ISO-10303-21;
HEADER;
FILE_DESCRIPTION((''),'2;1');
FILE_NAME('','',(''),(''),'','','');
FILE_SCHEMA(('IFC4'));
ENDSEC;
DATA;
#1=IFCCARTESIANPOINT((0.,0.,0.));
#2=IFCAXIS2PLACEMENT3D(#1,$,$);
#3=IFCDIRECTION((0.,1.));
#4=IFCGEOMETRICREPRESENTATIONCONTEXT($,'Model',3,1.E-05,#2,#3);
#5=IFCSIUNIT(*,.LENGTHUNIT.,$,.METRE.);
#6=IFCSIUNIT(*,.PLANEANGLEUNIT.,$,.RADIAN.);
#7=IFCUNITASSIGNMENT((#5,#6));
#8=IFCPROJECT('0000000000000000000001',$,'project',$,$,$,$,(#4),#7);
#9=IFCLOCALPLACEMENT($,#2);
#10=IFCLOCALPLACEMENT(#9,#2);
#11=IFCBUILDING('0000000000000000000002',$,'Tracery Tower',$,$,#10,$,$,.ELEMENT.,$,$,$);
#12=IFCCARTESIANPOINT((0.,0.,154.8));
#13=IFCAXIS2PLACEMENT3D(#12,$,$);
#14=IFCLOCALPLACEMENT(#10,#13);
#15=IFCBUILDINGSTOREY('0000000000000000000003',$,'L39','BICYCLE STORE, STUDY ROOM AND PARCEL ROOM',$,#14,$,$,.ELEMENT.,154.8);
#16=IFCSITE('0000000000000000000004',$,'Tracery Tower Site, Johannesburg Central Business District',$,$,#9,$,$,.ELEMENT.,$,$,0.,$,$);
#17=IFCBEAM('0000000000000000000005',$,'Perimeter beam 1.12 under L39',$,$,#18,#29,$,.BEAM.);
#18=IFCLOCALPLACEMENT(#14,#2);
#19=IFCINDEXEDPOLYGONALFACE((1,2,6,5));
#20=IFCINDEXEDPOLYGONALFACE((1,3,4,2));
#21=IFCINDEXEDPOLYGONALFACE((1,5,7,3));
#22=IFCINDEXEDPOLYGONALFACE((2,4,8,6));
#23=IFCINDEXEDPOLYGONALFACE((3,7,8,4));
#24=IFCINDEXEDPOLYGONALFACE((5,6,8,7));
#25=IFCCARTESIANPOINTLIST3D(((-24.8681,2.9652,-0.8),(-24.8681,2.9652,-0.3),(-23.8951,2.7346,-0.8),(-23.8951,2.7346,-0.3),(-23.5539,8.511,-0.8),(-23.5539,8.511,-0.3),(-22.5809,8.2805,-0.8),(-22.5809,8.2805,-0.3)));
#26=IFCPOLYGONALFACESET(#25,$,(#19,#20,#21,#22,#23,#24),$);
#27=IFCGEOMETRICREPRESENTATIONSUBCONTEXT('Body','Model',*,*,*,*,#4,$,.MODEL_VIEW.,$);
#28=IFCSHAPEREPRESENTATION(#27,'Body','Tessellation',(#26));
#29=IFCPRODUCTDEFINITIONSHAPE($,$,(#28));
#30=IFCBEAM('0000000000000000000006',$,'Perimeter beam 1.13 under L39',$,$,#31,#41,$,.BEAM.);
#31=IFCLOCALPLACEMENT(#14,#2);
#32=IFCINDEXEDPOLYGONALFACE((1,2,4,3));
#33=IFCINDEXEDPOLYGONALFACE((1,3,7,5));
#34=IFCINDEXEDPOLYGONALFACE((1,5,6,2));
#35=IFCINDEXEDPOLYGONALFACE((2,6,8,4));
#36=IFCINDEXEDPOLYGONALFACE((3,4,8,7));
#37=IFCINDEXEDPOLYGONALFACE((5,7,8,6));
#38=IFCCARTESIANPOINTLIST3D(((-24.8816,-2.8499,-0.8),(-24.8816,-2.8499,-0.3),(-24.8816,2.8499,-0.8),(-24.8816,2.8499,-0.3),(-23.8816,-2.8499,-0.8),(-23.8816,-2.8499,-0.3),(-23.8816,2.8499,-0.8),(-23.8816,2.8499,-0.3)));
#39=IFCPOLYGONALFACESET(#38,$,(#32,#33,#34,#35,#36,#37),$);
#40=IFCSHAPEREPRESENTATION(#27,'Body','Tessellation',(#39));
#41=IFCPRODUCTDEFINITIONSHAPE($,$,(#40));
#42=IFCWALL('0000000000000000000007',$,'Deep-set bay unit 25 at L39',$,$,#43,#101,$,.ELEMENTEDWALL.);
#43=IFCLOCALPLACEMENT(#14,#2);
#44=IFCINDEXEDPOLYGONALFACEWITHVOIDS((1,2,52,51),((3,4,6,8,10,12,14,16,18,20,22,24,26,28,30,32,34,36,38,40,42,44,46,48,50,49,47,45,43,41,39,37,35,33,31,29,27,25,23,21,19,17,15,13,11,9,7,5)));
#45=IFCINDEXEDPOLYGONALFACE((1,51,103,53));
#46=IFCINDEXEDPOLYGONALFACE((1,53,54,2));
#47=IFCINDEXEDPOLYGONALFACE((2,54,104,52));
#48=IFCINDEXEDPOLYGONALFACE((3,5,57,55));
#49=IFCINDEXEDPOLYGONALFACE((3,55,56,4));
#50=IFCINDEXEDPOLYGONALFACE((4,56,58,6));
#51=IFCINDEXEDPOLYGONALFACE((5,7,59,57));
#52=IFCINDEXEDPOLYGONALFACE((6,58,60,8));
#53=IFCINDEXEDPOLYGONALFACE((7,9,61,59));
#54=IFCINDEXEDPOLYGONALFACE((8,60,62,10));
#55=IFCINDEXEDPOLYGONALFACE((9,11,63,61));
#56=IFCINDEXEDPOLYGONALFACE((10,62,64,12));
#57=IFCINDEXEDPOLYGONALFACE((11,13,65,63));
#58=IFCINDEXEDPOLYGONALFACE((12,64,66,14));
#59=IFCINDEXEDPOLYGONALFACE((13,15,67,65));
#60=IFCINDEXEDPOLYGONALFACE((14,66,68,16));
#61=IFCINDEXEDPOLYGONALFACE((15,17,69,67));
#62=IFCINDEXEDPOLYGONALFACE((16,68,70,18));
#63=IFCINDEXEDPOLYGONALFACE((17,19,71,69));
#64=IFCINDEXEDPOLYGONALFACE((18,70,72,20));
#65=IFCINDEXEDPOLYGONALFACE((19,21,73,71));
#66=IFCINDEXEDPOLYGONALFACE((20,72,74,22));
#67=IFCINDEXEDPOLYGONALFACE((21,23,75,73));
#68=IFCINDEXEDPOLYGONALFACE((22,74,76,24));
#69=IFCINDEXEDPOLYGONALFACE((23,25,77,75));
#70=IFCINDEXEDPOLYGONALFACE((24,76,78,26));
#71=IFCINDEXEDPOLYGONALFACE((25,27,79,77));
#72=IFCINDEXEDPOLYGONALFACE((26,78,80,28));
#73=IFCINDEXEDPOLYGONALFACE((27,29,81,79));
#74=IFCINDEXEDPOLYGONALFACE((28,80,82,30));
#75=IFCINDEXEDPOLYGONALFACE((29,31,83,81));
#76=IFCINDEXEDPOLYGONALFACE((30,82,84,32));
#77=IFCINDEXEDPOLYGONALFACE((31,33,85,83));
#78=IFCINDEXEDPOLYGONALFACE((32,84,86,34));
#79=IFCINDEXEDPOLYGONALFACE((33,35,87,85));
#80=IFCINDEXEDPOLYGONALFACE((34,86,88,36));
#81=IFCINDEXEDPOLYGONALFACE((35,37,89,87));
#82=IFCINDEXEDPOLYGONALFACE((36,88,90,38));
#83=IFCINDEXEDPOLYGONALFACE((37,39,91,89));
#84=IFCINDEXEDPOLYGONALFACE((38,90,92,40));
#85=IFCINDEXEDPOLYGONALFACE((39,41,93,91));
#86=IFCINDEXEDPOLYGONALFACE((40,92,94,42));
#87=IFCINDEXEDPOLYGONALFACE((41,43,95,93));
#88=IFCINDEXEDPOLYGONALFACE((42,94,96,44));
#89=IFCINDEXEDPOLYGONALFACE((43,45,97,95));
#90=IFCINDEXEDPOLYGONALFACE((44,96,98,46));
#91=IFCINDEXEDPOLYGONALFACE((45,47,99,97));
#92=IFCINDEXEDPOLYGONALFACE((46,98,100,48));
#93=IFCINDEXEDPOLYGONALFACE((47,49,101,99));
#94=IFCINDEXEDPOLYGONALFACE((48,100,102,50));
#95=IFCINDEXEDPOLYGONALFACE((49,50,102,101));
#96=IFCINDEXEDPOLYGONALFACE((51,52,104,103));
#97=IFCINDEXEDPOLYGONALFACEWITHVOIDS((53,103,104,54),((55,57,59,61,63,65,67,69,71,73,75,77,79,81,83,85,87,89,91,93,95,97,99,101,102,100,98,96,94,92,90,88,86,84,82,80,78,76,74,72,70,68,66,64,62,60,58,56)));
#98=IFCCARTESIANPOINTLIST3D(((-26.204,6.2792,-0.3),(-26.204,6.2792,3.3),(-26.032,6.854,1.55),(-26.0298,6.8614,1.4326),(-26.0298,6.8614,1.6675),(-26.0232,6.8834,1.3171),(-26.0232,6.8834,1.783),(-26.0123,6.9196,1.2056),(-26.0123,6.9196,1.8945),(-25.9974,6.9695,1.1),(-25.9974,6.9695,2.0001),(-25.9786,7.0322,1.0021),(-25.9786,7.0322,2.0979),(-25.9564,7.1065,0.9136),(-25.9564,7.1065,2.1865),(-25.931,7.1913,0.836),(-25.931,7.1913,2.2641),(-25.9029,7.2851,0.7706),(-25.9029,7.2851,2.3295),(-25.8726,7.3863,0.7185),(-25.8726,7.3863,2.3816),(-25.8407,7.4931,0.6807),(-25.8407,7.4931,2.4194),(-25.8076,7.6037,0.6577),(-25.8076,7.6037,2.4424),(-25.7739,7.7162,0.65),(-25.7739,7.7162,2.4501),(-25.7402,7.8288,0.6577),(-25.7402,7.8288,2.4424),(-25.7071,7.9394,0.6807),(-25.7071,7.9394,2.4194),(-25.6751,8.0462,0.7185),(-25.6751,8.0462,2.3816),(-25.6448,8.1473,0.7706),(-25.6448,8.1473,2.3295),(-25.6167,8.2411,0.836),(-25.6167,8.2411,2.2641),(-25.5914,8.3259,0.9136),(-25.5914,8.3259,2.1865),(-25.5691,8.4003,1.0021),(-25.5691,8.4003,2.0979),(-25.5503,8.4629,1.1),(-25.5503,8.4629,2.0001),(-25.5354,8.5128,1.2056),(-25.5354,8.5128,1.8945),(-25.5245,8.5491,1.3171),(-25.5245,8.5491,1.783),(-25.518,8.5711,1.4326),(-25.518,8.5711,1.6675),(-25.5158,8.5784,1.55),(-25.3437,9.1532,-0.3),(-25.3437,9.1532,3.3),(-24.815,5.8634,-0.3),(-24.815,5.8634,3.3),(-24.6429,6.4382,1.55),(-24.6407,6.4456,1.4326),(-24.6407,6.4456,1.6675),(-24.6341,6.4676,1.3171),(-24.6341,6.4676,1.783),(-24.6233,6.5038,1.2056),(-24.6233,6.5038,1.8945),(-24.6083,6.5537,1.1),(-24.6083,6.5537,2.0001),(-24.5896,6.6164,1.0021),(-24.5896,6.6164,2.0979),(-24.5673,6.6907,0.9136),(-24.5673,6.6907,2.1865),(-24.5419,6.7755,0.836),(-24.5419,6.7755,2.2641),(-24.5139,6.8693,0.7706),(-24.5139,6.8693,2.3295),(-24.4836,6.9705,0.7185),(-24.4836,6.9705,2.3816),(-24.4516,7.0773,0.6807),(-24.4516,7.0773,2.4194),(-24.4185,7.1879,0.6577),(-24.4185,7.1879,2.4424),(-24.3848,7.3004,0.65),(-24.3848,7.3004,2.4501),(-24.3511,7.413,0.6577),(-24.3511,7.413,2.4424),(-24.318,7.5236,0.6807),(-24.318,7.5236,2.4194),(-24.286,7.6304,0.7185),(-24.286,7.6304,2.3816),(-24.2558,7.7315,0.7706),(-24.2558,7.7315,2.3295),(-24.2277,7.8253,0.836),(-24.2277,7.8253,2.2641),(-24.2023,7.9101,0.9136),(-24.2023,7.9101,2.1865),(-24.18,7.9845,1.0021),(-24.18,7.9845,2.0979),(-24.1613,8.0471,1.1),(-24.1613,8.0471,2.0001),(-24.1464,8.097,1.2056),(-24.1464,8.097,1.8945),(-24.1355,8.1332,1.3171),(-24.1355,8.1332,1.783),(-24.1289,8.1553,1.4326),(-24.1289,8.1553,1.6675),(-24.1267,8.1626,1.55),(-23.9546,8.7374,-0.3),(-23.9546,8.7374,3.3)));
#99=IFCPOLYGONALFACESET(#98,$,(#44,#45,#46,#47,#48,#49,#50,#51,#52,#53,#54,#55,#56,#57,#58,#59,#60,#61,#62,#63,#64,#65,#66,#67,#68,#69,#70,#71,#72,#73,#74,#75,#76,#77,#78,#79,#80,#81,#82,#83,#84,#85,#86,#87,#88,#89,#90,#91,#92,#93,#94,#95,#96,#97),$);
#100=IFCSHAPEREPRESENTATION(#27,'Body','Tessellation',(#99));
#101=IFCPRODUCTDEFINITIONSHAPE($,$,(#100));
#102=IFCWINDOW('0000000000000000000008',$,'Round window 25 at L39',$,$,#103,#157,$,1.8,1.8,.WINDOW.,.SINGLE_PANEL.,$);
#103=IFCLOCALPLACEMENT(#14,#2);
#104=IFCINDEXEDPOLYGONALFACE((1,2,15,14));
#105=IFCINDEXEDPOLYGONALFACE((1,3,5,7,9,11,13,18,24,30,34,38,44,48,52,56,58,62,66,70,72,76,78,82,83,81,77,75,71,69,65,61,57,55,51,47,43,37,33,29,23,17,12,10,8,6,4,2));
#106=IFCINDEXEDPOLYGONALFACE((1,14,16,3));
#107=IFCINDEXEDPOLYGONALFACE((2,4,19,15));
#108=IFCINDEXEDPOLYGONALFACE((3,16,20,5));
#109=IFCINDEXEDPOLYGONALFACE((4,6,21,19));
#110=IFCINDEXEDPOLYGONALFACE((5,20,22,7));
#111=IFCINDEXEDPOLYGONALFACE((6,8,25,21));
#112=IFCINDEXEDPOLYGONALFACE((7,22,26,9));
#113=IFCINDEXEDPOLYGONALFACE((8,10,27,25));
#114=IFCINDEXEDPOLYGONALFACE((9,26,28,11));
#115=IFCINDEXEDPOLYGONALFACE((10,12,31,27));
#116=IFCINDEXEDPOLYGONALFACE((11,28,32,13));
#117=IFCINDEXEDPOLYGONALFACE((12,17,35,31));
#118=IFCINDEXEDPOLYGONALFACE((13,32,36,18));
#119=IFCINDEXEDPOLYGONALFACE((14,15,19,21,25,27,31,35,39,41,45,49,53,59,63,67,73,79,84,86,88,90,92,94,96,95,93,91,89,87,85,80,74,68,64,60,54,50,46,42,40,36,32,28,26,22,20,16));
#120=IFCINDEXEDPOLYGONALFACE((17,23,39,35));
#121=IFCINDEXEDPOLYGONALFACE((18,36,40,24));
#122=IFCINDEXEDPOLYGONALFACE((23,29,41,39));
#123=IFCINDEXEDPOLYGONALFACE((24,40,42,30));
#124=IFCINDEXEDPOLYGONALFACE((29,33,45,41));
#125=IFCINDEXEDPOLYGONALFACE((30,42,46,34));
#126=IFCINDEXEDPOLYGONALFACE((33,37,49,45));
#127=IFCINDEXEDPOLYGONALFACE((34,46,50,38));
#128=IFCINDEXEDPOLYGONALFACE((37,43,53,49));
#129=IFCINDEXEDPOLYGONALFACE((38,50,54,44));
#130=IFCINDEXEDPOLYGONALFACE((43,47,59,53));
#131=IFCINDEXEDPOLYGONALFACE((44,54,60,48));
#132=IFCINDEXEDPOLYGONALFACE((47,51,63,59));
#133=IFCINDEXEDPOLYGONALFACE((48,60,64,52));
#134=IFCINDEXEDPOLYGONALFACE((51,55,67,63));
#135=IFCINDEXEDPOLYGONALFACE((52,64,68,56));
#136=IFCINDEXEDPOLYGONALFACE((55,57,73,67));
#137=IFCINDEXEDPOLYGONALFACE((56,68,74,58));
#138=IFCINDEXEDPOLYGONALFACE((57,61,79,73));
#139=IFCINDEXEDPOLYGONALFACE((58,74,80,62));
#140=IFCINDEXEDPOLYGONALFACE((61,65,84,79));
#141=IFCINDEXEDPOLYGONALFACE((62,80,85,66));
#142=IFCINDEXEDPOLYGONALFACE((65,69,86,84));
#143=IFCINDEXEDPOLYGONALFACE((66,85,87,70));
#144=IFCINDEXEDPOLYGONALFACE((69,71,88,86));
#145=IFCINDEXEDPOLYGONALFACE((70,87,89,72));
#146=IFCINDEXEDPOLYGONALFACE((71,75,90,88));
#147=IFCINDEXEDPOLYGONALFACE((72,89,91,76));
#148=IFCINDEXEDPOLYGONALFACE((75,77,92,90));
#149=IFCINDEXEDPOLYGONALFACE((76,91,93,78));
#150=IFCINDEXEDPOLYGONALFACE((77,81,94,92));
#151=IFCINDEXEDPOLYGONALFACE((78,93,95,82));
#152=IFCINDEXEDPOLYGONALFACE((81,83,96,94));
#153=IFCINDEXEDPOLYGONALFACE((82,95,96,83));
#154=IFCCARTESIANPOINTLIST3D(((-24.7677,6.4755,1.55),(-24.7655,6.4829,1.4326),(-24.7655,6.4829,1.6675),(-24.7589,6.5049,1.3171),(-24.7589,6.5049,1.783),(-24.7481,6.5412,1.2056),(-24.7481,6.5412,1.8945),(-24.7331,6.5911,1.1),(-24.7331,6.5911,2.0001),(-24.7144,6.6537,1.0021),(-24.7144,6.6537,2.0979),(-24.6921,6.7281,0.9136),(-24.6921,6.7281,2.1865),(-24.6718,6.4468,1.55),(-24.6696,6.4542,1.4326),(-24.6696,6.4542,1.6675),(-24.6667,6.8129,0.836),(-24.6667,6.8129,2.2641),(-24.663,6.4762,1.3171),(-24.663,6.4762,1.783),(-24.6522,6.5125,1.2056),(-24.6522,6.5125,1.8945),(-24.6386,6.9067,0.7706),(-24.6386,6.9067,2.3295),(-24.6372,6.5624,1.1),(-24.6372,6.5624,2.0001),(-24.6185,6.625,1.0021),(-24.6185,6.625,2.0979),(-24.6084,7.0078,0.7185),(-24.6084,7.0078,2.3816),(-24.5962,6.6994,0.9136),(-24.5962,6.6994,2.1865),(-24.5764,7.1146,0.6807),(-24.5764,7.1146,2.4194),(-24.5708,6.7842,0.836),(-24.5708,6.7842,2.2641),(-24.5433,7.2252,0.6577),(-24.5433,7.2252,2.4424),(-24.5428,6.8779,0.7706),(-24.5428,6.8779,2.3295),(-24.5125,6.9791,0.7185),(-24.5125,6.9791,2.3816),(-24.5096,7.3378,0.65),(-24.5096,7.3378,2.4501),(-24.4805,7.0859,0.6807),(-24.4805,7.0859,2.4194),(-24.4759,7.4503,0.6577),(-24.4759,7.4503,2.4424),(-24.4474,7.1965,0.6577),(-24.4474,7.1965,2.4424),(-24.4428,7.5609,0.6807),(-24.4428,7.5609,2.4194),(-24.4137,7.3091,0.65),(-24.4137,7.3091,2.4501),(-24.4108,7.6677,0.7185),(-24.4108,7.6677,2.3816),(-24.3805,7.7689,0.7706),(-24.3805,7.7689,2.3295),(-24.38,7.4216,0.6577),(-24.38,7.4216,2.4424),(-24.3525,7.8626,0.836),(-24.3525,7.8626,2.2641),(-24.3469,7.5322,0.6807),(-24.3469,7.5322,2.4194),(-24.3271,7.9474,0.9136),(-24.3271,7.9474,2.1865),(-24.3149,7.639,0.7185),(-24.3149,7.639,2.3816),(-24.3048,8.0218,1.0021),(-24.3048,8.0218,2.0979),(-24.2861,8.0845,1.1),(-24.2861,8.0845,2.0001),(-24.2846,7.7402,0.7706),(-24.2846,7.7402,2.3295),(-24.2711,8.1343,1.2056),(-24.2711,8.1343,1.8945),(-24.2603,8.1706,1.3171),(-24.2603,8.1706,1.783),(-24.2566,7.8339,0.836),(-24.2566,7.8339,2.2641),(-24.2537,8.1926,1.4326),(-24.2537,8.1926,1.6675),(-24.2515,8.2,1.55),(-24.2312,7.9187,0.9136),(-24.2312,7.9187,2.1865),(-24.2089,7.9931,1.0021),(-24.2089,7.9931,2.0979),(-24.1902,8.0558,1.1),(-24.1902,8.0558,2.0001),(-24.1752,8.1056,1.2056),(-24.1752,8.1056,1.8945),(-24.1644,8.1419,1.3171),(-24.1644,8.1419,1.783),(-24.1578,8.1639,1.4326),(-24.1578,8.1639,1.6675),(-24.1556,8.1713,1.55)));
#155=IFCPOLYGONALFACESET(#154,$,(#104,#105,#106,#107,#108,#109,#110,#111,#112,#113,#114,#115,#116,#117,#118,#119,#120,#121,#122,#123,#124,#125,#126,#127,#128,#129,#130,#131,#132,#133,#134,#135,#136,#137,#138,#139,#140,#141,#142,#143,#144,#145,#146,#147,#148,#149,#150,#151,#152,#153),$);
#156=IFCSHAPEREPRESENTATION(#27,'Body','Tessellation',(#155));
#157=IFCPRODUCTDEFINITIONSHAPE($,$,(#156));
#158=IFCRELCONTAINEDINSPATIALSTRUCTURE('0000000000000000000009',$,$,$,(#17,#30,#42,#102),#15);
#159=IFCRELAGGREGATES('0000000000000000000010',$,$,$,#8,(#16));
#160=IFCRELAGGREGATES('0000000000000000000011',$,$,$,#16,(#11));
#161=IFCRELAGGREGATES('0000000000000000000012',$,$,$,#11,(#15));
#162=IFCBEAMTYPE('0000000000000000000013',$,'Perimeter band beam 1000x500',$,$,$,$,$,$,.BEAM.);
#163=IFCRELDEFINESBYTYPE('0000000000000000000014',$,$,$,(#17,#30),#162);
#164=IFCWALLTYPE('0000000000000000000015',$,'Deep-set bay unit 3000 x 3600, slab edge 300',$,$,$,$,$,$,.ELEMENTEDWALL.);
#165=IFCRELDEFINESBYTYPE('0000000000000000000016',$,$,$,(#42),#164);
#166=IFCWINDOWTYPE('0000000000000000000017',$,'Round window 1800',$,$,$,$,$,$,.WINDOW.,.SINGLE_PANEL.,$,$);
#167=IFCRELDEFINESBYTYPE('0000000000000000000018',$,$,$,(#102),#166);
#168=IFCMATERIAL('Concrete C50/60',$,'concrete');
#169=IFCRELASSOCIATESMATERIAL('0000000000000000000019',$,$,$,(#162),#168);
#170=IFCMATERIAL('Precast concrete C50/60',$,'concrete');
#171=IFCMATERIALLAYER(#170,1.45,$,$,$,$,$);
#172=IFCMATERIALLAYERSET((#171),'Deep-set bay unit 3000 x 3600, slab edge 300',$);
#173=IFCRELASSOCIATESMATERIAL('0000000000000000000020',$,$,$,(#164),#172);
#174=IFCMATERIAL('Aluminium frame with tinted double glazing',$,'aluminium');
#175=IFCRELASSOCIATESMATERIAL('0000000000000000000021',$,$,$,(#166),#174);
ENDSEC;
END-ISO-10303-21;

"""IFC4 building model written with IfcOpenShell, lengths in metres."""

from ifc_helpers import new_model, si_unit, direction, frame, frame_2d, origin, origin_2d, place, context, subcontext, project, spatial, rectangle, circle, extrude, material, layer, layer_set, material_profile, profile_set, type_object, element, fill, save


model = new_model("IFC4")

# Units and contexts
model_context = context("Model", 3, precision=1e-05, world=origin(), true_north=direction((0.0, 1.0)))
body_context = subcontext(model_context, "Body", "Model", "MODEL_VIEW")
ifc_project = project(units=[si_unit("LENGTHUNIT", "METRE"), si_unit("PLANEANGLEUNIT", "RADIAN")], contexts=[model_context])

# Site, building, storey
site_placement = place(None, origin())
site = spatial("IfcSite", under=ifc_project, at=site_placement, Name="Tracery Tower Site, Johannesburg Central Business District", CompositionType="ELEMENT", RefElevation=0.0)
building_placement = place(site_placement, origin())
building = spatial("IfcBuilding", under=site, at=building_placement, Name="Tracery Tower", CompositionType="ELEMENT")
storey_placement = place(building_placement, frame((0.0, 0.0, 154.8)))
storey = spatial("IfcBuildingStorey", under=building, at=storey_placement, Name="L39", Description="BICYCLE STORE, STUDY ROOM AND PARCEL ROOM", CompositionType="ELEMENT", Elevation=154.8)

# Beams
ifc_material_1 = material(Name="Concrete C50/60", Category="concrete")
ifc_material_profile_1 = material_profile(ifc_material_1, rectangle(XDim=1.0, YDim=0.5, at=origin_2d()), Name="RC 1000x500")
ifc_profile_set_1 = profile_set([ifc_material_profile_1], Name="Concrete C50/60")
beam_type = type_object("IfcBeamType", Name="Perimeter band beam 1000x500", PredefinedType="BEAM", material=ifc_profile_set_1)
beam_1_placement = place(storey_placement, frame((-23.0674, 8.3958, -0.55), z_axis=(-0.230584, -0.973052, 0.0), x_axis=(0.973052, -0.230584, 0.0)))
element("IfcBeam", 1, at=beam_1_placement, inside=storey, type_object=beam_type, Name="Perimeter beam 1.12 under L39", PredefinedType="BEAM", context=body_context, shape_type="SweptSolid", body=[
    extrude(rectangle(XDim=1.0, YDim=0.5, at=origin_2d()), origin(), (0.0, 0.0, 1.0), 5.6995),
])
beam_2_placement = place(storey_placement, frame((-24.3816, 2.8499, -0.55), z_axis=(0.0, -1.0, 0.0), x_axis=(1.0, 0.0, 0.0)))
element("IfcBeam", 2, at=beam_2_placement, inside=storey, type_object=beam_type, Name="Perimeter beam 1.13 under L39", PredefinedType="BEAM", context=body_context, shape_type="SweptSolid", body=[
    extrude(rectangle(XDim=1.0, YDim=0.5, at=origin_2d()), origin(), (0.0, 0.0, 1.0), 5.6997),
])

# Wall, opening, window
ifc_material_2 = material(Name="Precast concrete C50/60", Category="concrete")
ifc_layer_1 = layer(ifc_material_2, 1.45)
ifc_layer_set_1 = layer_set([ifc_layer_1], Name="Deep-set bay unit 3000 x 3600, slab edge 300")
wall_type_1 = type_object("IfcWallType", Name="Deep-set bay unit 3000 x 3600, slab edge 300", PredefinedType="ELEMENTEDWALL", material=ifc_layer_set_1)
wall_1_placement = place(storey_placement, frame((-24.6492, 8.9453, -0.3), z_axis=(0.0, 0.0, 1.0), x_axis=(-0.28678, -0.957996, 0.0)))
wall_1 = element("IfcWall", 3, at=wall_1_placement, inside=storey, type_object=wall_type_1, Name="Deep-set bay unit 25 at L39", PredefinedType="ELEMENTEDWALL", context=body_context, shape_type="SweptSolid", body=[
    extrude(rectangle(XDim=3.0, YDim=1.45, at=frame_2d((1.5, 0.0))), origin(), (0.0, 0.0, 1.0), 3.6001),
])
opening_1_placement = place(wall_1_placement, frame((1.5, 0.0, 1.8501)))
opening_1 = element("IfcOpeningElement", 4, at=opening_1_placement, cuts=wall_1, PredefinedType="OPENING", context=body_context, shape_type="SweptSolid", body=[
    extrude(circle(Radius=0.9, at=origin_2d()), frame((0.0, 0.7349, 0.0), z_axis=(0.0, -1.0, 0.0), x_axis=(1.0, 0.0, 0.0)), (0.0, 0.0, 1.0), 1.47),
])
ifc_material_3 = material(Name="Aluminium frame with tinted double glazing", Category="aluminium")
window_type = type_object("IfcWindowType", Name="Round window 1800", PartitioningType="SINGLE_PANEL", PredefinedType="WINDOW", material=ifc_material_3)
window_1_placement = place(opening_1_placement, origin())
window_1 = element("IfcWindow", 5, at=window_1_placement, inside=storey, type_object=window_type, Name="Round window 25 at L39", OverallHeight=1.8, OverallWidth=1.8, PartitioningType="SINGLE_PANEL", PredefinedType="WINDOW", context=body_context, shape_type="SweptSolid", body=[
    extrude(circle(Radius=0.9, at=origin_2d()), frame((0.0, 0.6948, 0.0), z_axis=(0.0, -1.0, 0.0), x_axis=(1.0, 0.0, 0.0)), (0.0, 0.0, 1.0), 0.1001),
])
fill(opening_1, window_1)

save(model, "model.ifc")
